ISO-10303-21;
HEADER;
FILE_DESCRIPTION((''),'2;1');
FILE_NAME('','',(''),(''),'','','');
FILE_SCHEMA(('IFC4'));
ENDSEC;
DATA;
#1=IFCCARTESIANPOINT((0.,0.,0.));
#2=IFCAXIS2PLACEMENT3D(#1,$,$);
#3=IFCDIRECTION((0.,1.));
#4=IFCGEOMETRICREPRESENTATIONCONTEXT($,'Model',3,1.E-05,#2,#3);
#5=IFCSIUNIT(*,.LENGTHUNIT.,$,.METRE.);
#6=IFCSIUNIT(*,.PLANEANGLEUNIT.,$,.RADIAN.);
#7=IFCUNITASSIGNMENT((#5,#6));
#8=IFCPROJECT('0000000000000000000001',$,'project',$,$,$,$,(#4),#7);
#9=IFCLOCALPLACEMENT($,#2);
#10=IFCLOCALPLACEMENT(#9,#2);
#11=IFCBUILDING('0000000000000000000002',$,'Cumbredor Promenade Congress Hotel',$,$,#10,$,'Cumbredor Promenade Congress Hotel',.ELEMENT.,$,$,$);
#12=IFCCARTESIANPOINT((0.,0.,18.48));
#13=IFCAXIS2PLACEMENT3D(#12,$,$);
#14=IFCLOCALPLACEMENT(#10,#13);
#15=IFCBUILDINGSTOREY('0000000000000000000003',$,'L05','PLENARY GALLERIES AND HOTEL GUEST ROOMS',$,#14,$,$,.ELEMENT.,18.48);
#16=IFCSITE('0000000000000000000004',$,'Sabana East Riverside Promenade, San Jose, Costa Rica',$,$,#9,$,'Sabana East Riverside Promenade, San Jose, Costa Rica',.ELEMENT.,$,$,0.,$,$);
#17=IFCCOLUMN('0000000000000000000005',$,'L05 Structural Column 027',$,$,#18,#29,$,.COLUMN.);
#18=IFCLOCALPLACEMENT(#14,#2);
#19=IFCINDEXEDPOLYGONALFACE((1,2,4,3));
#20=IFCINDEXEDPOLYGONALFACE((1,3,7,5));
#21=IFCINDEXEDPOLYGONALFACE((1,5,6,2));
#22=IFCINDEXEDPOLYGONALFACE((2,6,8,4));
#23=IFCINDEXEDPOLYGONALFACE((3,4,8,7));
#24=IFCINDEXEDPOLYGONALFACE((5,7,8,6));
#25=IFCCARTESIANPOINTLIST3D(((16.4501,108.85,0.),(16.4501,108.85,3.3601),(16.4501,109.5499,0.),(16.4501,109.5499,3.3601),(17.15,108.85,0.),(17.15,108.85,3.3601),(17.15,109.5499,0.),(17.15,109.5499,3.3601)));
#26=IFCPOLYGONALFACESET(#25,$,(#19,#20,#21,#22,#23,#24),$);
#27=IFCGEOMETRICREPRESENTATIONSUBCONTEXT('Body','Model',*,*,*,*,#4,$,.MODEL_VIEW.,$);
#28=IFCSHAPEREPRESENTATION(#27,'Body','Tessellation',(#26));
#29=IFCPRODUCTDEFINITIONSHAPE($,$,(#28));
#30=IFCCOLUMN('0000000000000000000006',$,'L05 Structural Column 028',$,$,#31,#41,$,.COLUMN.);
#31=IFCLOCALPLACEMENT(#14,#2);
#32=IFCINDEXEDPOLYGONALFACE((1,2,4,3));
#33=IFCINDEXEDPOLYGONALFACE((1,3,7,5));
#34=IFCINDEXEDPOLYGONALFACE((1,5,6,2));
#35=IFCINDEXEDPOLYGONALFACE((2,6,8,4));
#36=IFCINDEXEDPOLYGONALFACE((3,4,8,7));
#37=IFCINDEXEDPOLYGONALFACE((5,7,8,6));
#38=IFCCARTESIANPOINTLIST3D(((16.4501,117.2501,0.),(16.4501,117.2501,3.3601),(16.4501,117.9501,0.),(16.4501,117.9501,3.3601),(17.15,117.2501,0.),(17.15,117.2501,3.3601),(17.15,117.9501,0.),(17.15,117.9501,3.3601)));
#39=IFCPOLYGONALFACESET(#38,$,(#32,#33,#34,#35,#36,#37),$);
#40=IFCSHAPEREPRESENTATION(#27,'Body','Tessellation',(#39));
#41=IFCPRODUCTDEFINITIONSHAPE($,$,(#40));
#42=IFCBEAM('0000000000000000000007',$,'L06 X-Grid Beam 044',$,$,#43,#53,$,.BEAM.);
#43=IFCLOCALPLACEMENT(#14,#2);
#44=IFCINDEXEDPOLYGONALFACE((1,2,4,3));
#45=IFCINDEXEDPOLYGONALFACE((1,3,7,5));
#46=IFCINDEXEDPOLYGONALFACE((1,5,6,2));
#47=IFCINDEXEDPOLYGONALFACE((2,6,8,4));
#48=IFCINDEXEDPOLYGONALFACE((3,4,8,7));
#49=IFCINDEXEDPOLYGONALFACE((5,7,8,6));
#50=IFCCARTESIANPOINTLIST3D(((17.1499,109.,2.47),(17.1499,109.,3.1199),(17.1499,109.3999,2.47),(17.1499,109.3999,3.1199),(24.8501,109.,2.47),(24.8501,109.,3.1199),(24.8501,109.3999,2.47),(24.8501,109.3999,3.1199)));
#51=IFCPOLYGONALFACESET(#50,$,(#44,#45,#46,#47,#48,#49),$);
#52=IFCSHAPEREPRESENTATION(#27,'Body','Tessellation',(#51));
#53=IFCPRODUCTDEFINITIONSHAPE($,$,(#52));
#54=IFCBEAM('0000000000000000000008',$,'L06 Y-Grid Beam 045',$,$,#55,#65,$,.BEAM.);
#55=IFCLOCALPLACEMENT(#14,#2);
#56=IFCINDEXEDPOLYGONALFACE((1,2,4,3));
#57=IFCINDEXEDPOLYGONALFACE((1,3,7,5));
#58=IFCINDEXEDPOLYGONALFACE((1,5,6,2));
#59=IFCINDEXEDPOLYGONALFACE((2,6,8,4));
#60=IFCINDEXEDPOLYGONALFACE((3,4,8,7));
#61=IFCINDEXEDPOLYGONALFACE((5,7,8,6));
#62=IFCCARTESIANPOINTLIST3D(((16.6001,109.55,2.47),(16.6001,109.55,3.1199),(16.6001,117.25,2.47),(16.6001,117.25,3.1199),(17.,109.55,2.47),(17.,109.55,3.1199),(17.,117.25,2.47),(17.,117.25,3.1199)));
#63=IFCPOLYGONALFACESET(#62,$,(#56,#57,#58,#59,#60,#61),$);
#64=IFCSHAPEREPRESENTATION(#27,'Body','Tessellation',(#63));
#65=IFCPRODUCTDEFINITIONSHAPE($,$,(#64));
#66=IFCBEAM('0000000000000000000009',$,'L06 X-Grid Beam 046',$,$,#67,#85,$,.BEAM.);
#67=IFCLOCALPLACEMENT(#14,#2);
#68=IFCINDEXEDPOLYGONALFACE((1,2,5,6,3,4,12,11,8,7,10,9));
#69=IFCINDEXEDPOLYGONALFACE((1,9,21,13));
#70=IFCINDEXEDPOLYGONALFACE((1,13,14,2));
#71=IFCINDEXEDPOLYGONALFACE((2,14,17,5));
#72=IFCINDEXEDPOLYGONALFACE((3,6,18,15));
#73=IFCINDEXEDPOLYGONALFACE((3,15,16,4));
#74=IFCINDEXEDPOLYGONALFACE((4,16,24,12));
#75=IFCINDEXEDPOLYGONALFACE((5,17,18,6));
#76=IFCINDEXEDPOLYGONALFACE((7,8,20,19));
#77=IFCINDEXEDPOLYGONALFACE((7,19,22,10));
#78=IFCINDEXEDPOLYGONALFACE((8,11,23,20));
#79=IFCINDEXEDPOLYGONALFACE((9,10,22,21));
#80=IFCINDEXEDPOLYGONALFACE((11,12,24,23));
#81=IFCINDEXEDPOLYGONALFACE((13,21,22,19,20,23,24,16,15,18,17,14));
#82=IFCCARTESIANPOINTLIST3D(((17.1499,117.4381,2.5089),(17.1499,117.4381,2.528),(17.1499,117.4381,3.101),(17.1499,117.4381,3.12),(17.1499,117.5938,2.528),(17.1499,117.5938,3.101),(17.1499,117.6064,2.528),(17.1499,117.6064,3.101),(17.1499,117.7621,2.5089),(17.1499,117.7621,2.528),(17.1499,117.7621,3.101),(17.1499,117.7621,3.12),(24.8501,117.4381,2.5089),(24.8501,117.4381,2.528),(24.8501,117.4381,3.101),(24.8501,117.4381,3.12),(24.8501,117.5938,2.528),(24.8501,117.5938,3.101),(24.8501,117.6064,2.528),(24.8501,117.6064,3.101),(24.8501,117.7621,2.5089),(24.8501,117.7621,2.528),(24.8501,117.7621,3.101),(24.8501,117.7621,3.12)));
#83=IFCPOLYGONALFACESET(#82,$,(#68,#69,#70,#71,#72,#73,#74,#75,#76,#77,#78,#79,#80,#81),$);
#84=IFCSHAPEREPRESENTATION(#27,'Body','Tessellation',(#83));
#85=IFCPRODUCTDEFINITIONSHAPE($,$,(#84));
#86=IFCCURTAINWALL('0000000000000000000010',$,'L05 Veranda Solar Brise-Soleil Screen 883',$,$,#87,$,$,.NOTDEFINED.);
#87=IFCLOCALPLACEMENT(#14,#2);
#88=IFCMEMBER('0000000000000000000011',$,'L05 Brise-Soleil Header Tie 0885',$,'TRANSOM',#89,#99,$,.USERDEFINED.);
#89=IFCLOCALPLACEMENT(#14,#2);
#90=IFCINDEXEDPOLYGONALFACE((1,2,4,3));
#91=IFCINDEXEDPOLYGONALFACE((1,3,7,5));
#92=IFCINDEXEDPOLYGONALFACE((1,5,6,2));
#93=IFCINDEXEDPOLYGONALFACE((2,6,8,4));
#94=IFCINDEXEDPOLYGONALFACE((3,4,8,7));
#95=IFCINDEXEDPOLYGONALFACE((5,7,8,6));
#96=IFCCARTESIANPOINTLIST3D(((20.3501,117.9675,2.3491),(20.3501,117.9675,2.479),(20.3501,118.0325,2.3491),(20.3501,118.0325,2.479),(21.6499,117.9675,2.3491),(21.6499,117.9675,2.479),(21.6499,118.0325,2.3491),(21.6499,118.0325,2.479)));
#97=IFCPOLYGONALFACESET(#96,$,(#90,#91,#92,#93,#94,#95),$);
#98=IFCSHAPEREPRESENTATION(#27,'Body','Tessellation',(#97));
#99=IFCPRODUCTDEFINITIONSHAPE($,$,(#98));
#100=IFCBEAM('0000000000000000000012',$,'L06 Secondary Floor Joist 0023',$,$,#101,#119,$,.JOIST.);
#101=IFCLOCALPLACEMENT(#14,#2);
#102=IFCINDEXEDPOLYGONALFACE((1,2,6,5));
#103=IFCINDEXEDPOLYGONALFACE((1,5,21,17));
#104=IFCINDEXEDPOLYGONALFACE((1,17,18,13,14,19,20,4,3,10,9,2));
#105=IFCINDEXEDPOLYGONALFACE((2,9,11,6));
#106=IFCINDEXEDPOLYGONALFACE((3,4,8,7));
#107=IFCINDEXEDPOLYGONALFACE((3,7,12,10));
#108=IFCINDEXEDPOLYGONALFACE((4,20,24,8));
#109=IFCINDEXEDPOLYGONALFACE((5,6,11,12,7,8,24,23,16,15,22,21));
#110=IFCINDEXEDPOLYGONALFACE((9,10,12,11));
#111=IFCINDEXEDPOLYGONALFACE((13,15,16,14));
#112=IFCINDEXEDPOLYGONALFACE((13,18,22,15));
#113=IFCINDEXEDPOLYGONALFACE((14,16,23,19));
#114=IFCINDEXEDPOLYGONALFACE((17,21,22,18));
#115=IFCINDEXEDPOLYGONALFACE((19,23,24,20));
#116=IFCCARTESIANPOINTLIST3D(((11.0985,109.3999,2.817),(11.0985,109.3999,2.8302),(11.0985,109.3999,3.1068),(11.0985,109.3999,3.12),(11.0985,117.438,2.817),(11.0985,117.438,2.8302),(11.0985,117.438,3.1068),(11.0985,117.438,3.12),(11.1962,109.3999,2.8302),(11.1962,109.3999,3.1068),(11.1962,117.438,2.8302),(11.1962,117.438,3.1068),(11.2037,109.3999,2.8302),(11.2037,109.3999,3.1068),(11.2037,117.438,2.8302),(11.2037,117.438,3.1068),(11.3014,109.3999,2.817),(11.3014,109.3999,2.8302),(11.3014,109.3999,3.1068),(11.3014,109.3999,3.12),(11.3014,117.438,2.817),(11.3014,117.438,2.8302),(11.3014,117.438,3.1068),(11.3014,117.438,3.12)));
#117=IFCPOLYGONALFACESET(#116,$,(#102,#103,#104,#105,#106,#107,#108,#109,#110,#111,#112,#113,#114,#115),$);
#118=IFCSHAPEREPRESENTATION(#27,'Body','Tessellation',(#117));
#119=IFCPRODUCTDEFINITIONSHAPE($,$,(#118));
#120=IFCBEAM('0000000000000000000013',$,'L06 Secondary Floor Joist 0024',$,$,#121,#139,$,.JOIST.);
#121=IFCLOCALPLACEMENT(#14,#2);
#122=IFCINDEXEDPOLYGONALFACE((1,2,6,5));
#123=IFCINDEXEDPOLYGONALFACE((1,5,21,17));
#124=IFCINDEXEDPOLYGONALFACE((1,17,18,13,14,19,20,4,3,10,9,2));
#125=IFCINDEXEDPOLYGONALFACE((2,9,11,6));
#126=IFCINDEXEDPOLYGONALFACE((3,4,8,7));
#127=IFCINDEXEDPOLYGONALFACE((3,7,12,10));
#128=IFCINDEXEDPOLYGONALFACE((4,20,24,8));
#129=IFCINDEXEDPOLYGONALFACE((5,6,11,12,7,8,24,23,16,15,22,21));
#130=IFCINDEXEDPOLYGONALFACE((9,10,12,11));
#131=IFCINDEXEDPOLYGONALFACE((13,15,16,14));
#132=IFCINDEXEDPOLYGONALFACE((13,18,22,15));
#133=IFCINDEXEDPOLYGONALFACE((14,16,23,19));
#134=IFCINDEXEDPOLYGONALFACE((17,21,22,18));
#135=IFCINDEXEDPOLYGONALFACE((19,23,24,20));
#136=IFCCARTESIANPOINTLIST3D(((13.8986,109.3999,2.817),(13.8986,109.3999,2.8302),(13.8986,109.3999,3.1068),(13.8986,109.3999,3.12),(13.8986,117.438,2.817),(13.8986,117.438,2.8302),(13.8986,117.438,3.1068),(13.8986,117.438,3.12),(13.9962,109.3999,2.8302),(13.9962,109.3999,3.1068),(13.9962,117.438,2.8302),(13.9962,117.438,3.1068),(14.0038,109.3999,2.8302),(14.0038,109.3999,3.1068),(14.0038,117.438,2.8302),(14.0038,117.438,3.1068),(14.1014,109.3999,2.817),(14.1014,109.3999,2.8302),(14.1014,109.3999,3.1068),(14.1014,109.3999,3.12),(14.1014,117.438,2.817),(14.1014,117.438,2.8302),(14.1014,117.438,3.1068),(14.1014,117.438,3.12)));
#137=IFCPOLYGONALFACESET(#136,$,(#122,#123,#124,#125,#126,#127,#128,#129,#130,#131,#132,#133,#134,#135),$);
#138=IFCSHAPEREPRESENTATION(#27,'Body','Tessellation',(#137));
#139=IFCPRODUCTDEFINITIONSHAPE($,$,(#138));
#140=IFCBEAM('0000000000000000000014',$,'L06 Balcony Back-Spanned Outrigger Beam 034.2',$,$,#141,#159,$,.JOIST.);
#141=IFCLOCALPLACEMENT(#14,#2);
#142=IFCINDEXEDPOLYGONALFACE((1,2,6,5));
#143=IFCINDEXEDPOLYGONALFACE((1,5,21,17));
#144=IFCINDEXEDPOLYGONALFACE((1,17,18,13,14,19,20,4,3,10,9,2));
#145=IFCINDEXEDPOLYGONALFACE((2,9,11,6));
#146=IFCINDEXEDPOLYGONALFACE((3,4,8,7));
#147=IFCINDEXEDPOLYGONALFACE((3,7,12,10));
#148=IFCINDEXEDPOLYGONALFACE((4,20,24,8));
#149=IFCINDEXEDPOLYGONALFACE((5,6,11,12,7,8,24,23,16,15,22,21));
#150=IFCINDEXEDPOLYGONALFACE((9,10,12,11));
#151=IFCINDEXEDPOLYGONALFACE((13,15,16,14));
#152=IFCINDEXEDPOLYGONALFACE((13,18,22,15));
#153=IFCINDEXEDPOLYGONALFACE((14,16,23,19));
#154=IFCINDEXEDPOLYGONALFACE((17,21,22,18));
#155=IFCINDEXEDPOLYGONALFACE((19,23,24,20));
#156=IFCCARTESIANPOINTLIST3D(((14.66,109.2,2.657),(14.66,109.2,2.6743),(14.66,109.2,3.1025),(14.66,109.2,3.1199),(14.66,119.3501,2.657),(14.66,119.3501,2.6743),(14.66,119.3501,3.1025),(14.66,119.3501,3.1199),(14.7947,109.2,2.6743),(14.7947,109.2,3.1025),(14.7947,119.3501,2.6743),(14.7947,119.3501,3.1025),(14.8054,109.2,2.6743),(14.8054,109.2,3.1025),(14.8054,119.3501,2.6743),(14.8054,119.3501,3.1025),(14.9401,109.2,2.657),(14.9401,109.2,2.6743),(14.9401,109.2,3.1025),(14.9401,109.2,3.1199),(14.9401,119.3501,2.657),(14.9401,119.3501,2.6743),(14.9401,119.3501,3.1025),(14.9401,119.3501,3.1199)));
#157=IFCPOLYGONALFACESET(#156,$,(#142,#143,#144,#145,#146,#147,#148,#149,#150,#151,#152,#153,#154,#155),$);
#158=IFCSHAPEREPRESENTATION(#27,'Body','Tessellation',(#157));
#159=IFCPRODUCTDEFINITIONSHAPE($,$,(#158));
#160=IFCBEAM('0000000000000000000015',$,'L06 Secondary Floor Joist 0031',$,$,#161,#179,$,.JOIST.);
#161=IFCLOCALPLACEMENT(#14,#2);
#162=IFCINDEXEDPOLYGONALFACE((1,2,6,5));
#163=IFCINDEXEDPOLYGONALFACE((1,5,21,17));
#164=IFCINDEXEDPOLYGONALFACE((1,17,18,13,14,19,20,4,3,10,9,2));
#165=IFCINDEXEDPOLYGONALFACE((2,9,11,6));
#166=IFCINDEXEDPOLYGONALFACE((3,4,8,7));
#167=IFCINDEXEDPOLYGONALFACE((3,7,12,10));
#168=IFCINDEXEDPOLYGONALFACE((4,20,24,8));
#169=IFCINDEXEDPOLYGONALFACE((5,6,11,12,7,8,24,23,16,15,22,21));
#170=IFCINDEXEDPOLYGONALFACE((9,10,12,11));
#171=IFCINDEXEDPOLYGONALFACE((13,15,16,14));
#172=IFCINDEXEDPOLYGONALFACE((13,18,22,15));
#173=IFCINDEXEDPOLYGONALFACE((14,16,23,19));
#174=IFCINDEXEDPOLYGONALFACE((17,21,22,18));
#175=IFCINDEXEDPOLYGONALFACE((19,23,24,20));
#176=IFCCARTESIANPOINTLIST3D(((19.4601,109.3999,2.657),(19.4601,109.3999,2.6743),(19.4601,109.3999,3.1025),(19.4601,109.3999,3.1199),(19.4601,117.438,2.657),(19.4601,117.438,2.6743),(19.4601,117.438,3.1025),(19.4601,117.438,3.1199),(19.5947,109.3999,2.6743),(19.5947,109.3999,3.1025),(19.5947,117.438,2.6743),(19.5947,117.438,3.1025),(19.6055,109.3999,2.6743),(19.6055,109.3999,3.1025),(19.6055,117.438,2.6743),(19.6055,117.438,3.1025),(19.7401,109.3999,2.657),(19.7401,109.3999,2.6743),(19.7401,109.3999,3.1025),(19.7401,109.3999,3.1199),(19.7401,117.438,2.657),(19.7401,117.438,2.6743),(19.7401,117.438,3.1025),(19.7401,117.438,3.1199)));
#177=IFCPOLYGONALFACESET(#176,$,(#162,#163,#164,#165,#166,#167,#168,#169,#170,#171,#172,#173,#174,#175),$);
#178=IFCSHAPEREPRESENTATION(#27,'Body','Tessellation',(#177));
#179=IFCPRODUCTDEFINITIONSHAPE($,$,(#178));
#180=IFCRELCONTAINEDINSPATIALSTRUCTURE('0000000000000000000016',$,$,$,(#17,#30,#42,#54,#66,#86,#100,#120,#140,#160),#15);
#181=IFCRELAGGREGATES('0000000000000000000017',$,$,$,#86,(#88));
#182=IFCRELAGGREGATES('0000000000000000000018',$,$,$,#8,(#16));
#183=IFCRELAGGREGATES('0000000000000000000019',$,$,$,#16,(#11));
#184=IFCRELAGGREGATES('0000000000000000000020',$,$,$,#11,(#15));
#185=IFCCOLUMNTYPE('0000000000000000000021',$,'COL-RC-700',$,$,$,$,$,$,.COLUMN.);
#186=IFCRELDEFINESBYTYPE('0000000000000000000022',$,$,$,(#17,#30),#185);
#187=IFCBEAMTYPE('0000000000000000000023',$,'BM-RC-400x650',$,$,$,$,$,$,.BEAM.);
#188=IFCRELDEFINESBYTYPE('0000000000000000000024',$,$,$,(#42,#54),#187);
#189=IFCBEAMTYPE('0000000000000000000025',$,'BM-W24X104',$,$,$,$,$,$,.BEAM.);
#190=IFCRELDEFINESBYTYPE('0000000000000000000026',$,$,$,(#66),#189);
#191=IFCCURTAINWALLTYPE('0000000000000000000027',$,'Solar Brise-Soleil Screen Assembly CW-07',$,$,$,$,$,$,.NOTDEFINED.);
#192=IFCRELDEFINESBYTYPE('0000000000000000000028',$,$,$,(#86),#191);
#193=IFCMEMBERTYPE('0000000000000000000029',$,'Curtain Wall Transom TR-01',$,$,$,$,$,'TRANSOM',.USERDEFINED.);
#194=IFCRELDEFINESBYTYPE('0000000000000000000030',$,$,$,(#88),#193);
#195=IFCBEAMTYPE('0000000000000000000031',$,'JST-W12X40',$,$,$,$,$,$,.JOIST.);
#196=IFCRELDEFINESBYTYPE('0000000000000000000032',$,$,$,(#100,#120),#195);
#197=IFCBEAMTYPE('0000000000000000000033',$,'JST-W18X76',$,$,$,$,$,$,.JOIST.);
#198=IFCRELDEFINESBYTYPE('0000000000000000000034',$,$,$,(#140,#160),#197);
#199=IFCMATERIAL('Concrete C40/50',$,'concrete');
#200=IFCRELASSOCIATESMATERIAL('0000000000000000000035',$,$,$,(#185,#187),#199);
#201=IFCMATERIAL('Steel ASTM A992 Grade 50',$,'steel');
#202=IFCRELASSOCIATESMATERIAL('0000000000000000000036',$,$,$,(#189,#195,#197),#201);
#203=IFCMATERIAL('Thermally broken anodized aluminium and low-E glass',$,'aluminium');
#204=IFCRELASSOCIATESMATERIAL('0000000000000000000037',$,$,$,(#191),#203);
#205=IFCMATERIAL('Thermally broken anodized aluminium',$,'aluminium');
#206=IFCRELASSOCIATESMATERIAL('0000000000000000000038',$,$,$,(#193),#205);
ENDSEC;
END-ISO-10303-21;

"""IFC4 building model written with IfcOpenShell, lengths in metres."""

from ifc_helpers import new_model, si_unit, direction, frame, origin, origin_2d, place, context, subcontext, project, spatial, rectangle, i_section, extrude, material, material_profile, profile_set, type_object, element, aggregate, save


model = new_model("IFC4")

# Units and contexts
model_context = context("Model", 3, precision=1e-05, world=origin(), true_north=direction((0.0, 1.0)))
body_context = subcontext(model_context, "Body", "Model", "MODEL_VIEW")
ifc_project = project(units=[si_unit("LENGTHUNIT", "METRE"), si_unit("PLANEANGLEUNIT", "RADIAN")], contexts=[model_context])

# Site, building, storey
site_placement = place(None, origin())
site = spatial("IfcSite", under=ifc_project, at=site_placement, Name="Sabana East Riverside Promenade, San Jose, Costa Rica", LongName="Sabana East Riverside Promenade, San Jose, Costa Rica", CompositionType="ELEMENT", RefElevation=0.0)
building_placement = place(site_placement, origin())
building = spatial("IfcBuilding", under=site, at=building_placement, Name="Cumbredor Promenade Congress Hotel", LongName="Cumbredor Promenade Congress Hotel", CompositionType="ELEMENT")
storey_placement = place(building_placement, frame((0.0, 0.0, 18.48)))
storey = spatial("IfcBuildingStorey", under=building, at=storey_placement, Name="L05", Description="PLENARY GALLERIES AND HOTEL GUEST ROOMS", CompositionType="ELEMENT", Elevation=18.48)

# Columns
ifc_material_1 = material(Name="Concrete C40/50", Category="concrete")
ifc_material_profile_1 = material_profile(ifc_material_1, rectangle(XDim=0.7, YDim=0.7, at=origin_2d()), Name="RC 700x700")
ifc_profile_set_1 = profile_set([ifc_material_profile_1], Name="Concrete C40/50")
column_type = type_object("IfcColumnType", Name="COL-RC-700", PredefinedType="COLUMN", material=ifc_profile_set_1)
for number, where, z_axis, x_axis, name in (
    (1, (16.8, 109.2, 0.0), (0.0, 0.0, 1.0), (1.0, 0.0, 0.0), "L05 Structural Column 027"),
    (2, (16.8, 117.6001, 0.0), (0.0, 0.0, 1.0), (1.0, 0.0, 0.0), "L05 Structural Column 028"),
):
    element("IfcColumn", number, at=place(storey_placement, frame(where, z_axis=z_axis, x_axis=x_axis)), inside=storey, type_object=column_type, Name=name, PredefinedType="COLUMN", context=body_context, shape_type="SweptSolid", body=[
        extrude(rectangle(XDim=0.7, YDim=0.7, at=origin_2d()), origin(), (0.0, 0.0, 1.0), 3.3601),
    ])

# Beams
ifc_material_profile_2 = material_profile(ifc_material_1, rectangle(XDim=0.3999, YDim=0.6499, at=origin_2d()), Name="RC BEAM 400x650")
ifc_profile_set_2 = profile_set([ifc_material_profile_2], Name="Concrete C40/50")
beam_type_1 = type_object("IfcBeamType", Name="BM-RC-400x650", PredefinedType="BEAM", material=ifc_profile_set_2)
beam_1_placement = place(storey_placement, frame((17.1499, 109.2, 2.7949), z_axis=(1.0, 0.0, 0.0), x_axis=(0.0, 1.0, 0.0)))
element("IfcBeam", 3, at=beam_1_placement, inside=storey, type_object=beam_type_1, Name="L06 X-Grid Beam 044", PredefinedType="BEAM", context=body_context, shape_type="SweptSolid", body=[
    extrude(rectangle(XDim=0.3999, YDim=0.6499, at=origin_2d()), origin(), (0.0, 0.0, 1.0), 7.7002),
])
beam_2_placement = place(storey_placement, frame((16.8, 109.55, 2.7949), z_axis=(0.0, 1.0, 0.0), x_axis=(-1.0, 0.0, 0.0)))
element("IfcBeam", 4, at=beam_2_placement, inside=storey, type_object=beam_type_1, Name="L06 Y-Grid Beam 045", PredefinedType="BEAM", context=body_context, shape_type="SweptSolid", body=[
    extrude(rectangle(XDim=0.3999, YDim=0.6499, at=origin_2d()), origin(), (0.0, 0.0, 1.0), 7.7),
])
ifc_material_2 = material(Name="Steel ASTM A992 Grade 50", Category="steel")
ifc_material_profile_3 = material_profile(ifc_material_2, i_section(OverallWidth=0.324, OverallDepth=0.6111, WebThickness=0.0127, FlangeThickness=0.019, at=origin_2d()), Name="W24X104")
ifc_profile_set_3 = profile_set([ifc_material_profile_3], Name="Steel ASTM A992 Grade 50")
beam_type_2 = type_object("IfcBeamType", Name="BM-W24X104", PredefinedType="BEAM", material=ifc_profile_set_3)
beam_3_placement = place(storey_placement, frame((17.1499, 117.6001, 2.8145), z_axis=(1.0, 0.0, 0.0), x_axis=(0.0, 1.0, 0.0)))
element("IfcBeam", 5, at=beam_3_placement, inside=storey, type_object=beam_type_2, Name="L06 X-Grid Beam 046", PredefinedType="BEAM", context=body_context, shape_type="SweptSolid", body=[
    extrude(i_section(OverallWidth=0.324, OverallDepth=0.6111, WebThickness=0.0127, FlangeThickness=0.019, at=origin_2d()), origin(), (0.0, 0.0, 1.0), 7.7002),
])

# Curtain wall, member
ifc_material_3 = material(Name="Thermally broken anodized aluminium and low-E glass", Category="aluminium")
curtain_wall_type = type_object("IfcCurtainWallType", Name="Solar Brise-Soleil Screen Assembly CW-07", PredefinedType="NOTDEFINED", material=ifc_material_3)
curtain_wall_1_placement = place(storey_placement, origin())
curtain_wall_1 = element("IfcCurtainWall", 6, at=curtain_wall_1_placement, inside=storey, type_object=curtain_wall_type, Name="L05 Veranda Solar Brise-Soleil Screen 883", PredefinedType="NOTDEFINED")
ifc_material_4 = material(Name="Thermally broken anodized aluminium", Category="aluminium")
ifc_material_profile_4 = material_profile(ifc_material_4, rectangle(XDim=0.0649, YDim=0.1299, at=origin_2d()), Name="ALU TRANSOM 65x130")
ifc_profile_set_4 = profile_set([ifc_material_profile_4], Name="Thermally broken anodized aluminium")
member_type_1 = type_object("IfcMemberType", Name="Curtain Wall Transom TR-01", ElementType="TRANSOM", PredefinedType="USERDEFINED", material=ifc_profile_set_4)
member_1_placement = place(storey_placement, frame((20.3501, 118.0, 2.4141), z_axis=(1.0, 0.0, 0.0), x_axis=(0.0, 1.0, 0.0)))
member_1 = element("IfcMember", 7, at=member_1_placement, type_object=member_type_1, Name="L05 Brise-Soleil Header Tie 0885", ObjectType="TRANSOM", PredefinedType="USERDEFINED", context=body_context, shape_type="SweptSolid", body=[
    extrude(rectangle(XDim=0.0649, YDim=0.1299, at=origin_2d()), origin(), (0.0, 0.0, 1.0), 1.2998),
])

# Beams
ifc_material_profile_5 = material_profile(ifc_material_2, i_section(OverallWidth=0.2029, OverallDepth=0.303, WebThickness=0.0076, FlangeThickness=0.0132, at=origin_2d()), Name="W12X40")
ifc_profile_set_5 = profile_set([ifc_material_profile_5], Name="Steel ASTM A992 Grade 50")
beam_type_3 = type_object("IfcBeamType", Name="JST-W12X40", PredefinedType="JOIST", material=ifc_profile_set_5)
for number, where, z_axis, x_axis, name in (
    (8, (11.2, 109.3999, 2.9685), (0.0, 1.0, 0.0), (-1.0, 0.0, 0.0), "L06 Secondary Floor Joist 0023"),
    (9, (14.0, 109.3999, 2.9685), (0.0, 1.0, 0.0), (-1.0, 0.0, 0.0), "L06 Secondary Floor Joist 0024"),
):
    element("IfcBeam", number, at=place(storey_placement, frame(where, z_axis=z_axis, x_axis=x_axis)), inside=storey, type_object=beam_type_3, Name=name, PredefinedType="JOIST", context=body_context, shape_type="SweptSolid", body=[
        extrude(i_section(OverallWidth=0.2029, OverallDepth=0.303, WebThickness=0.0076, FlangeThickness=0.0132, at=origin_2d()), origin(), (0.0, 0.0, 1.0), 8.0381),
    ])
ifc_material_profile_6 = material_profile(ifc_material_2, i_section(OverallWidth=0.28, OverallDepth=0.4629, WebThickness=0.0107, FlangeThickness=0.0173, at=origin_2d()), Name="W18X76")
ifc_profile_set_6 = profile_set([ifc_material_profile_6], Name="Steel ASTM A992 Grade 50")
beam_type_4 = type_object("IfcBeamType", Name="JST-W18X76", PredefinedType="JOIST", material=ifc_profile_set_6)
beam_4_placement = place(storey_placement, frame((14.8, 109.2, 2.8884), z_axis=(0.0, 1.0, 0.0), x_axis=(-1.0, 0.0, 0.0)))
element("IfcBeam", 10, at=beam_4_placement, inside=storey, type_object=beam_type_4, Name="L06 Balcony Back-Spanned Outrigger Beam 034.2", PredefinedType="JOIST", context=body_context, shape_type="SweptSolid", body=[
    extrude(i_section(OverallWidth=0.28, OverallDepth=0.4629, WebThickness=0.0107, FlangeThickness=0.0173, at=origin_2d()), origin(), (0.0, 0.0, 1.0), 10.1501),
])
beam_5_placement = place(storey_placement, frame((19.6001, 109.3999, 2.8884), z_axis=(0.0, 1.0, 0.0), x_axis=(-1.0, 0.0, 0.0)))
element("IfcBeam", 11, at=beam_5_placement, inside=storey, type_object=beam_type_4, Name="L06 Secondary Floor Joist 0031", PredefinedType="JOIST", context=body_context, shape_type="SweptSolid", body=[
    extrude(i_section(OverallWidth=0.28, OverallDepth=0.4629, WebThickness=0.0107, FlangeThickness=0.0173, at=origin_2d()), origin(), (0.0, 0.0, 1.0), 8.0381),
])

aggregate(curtain_wall_1, [member_1])

save(model, "model.ifc")
